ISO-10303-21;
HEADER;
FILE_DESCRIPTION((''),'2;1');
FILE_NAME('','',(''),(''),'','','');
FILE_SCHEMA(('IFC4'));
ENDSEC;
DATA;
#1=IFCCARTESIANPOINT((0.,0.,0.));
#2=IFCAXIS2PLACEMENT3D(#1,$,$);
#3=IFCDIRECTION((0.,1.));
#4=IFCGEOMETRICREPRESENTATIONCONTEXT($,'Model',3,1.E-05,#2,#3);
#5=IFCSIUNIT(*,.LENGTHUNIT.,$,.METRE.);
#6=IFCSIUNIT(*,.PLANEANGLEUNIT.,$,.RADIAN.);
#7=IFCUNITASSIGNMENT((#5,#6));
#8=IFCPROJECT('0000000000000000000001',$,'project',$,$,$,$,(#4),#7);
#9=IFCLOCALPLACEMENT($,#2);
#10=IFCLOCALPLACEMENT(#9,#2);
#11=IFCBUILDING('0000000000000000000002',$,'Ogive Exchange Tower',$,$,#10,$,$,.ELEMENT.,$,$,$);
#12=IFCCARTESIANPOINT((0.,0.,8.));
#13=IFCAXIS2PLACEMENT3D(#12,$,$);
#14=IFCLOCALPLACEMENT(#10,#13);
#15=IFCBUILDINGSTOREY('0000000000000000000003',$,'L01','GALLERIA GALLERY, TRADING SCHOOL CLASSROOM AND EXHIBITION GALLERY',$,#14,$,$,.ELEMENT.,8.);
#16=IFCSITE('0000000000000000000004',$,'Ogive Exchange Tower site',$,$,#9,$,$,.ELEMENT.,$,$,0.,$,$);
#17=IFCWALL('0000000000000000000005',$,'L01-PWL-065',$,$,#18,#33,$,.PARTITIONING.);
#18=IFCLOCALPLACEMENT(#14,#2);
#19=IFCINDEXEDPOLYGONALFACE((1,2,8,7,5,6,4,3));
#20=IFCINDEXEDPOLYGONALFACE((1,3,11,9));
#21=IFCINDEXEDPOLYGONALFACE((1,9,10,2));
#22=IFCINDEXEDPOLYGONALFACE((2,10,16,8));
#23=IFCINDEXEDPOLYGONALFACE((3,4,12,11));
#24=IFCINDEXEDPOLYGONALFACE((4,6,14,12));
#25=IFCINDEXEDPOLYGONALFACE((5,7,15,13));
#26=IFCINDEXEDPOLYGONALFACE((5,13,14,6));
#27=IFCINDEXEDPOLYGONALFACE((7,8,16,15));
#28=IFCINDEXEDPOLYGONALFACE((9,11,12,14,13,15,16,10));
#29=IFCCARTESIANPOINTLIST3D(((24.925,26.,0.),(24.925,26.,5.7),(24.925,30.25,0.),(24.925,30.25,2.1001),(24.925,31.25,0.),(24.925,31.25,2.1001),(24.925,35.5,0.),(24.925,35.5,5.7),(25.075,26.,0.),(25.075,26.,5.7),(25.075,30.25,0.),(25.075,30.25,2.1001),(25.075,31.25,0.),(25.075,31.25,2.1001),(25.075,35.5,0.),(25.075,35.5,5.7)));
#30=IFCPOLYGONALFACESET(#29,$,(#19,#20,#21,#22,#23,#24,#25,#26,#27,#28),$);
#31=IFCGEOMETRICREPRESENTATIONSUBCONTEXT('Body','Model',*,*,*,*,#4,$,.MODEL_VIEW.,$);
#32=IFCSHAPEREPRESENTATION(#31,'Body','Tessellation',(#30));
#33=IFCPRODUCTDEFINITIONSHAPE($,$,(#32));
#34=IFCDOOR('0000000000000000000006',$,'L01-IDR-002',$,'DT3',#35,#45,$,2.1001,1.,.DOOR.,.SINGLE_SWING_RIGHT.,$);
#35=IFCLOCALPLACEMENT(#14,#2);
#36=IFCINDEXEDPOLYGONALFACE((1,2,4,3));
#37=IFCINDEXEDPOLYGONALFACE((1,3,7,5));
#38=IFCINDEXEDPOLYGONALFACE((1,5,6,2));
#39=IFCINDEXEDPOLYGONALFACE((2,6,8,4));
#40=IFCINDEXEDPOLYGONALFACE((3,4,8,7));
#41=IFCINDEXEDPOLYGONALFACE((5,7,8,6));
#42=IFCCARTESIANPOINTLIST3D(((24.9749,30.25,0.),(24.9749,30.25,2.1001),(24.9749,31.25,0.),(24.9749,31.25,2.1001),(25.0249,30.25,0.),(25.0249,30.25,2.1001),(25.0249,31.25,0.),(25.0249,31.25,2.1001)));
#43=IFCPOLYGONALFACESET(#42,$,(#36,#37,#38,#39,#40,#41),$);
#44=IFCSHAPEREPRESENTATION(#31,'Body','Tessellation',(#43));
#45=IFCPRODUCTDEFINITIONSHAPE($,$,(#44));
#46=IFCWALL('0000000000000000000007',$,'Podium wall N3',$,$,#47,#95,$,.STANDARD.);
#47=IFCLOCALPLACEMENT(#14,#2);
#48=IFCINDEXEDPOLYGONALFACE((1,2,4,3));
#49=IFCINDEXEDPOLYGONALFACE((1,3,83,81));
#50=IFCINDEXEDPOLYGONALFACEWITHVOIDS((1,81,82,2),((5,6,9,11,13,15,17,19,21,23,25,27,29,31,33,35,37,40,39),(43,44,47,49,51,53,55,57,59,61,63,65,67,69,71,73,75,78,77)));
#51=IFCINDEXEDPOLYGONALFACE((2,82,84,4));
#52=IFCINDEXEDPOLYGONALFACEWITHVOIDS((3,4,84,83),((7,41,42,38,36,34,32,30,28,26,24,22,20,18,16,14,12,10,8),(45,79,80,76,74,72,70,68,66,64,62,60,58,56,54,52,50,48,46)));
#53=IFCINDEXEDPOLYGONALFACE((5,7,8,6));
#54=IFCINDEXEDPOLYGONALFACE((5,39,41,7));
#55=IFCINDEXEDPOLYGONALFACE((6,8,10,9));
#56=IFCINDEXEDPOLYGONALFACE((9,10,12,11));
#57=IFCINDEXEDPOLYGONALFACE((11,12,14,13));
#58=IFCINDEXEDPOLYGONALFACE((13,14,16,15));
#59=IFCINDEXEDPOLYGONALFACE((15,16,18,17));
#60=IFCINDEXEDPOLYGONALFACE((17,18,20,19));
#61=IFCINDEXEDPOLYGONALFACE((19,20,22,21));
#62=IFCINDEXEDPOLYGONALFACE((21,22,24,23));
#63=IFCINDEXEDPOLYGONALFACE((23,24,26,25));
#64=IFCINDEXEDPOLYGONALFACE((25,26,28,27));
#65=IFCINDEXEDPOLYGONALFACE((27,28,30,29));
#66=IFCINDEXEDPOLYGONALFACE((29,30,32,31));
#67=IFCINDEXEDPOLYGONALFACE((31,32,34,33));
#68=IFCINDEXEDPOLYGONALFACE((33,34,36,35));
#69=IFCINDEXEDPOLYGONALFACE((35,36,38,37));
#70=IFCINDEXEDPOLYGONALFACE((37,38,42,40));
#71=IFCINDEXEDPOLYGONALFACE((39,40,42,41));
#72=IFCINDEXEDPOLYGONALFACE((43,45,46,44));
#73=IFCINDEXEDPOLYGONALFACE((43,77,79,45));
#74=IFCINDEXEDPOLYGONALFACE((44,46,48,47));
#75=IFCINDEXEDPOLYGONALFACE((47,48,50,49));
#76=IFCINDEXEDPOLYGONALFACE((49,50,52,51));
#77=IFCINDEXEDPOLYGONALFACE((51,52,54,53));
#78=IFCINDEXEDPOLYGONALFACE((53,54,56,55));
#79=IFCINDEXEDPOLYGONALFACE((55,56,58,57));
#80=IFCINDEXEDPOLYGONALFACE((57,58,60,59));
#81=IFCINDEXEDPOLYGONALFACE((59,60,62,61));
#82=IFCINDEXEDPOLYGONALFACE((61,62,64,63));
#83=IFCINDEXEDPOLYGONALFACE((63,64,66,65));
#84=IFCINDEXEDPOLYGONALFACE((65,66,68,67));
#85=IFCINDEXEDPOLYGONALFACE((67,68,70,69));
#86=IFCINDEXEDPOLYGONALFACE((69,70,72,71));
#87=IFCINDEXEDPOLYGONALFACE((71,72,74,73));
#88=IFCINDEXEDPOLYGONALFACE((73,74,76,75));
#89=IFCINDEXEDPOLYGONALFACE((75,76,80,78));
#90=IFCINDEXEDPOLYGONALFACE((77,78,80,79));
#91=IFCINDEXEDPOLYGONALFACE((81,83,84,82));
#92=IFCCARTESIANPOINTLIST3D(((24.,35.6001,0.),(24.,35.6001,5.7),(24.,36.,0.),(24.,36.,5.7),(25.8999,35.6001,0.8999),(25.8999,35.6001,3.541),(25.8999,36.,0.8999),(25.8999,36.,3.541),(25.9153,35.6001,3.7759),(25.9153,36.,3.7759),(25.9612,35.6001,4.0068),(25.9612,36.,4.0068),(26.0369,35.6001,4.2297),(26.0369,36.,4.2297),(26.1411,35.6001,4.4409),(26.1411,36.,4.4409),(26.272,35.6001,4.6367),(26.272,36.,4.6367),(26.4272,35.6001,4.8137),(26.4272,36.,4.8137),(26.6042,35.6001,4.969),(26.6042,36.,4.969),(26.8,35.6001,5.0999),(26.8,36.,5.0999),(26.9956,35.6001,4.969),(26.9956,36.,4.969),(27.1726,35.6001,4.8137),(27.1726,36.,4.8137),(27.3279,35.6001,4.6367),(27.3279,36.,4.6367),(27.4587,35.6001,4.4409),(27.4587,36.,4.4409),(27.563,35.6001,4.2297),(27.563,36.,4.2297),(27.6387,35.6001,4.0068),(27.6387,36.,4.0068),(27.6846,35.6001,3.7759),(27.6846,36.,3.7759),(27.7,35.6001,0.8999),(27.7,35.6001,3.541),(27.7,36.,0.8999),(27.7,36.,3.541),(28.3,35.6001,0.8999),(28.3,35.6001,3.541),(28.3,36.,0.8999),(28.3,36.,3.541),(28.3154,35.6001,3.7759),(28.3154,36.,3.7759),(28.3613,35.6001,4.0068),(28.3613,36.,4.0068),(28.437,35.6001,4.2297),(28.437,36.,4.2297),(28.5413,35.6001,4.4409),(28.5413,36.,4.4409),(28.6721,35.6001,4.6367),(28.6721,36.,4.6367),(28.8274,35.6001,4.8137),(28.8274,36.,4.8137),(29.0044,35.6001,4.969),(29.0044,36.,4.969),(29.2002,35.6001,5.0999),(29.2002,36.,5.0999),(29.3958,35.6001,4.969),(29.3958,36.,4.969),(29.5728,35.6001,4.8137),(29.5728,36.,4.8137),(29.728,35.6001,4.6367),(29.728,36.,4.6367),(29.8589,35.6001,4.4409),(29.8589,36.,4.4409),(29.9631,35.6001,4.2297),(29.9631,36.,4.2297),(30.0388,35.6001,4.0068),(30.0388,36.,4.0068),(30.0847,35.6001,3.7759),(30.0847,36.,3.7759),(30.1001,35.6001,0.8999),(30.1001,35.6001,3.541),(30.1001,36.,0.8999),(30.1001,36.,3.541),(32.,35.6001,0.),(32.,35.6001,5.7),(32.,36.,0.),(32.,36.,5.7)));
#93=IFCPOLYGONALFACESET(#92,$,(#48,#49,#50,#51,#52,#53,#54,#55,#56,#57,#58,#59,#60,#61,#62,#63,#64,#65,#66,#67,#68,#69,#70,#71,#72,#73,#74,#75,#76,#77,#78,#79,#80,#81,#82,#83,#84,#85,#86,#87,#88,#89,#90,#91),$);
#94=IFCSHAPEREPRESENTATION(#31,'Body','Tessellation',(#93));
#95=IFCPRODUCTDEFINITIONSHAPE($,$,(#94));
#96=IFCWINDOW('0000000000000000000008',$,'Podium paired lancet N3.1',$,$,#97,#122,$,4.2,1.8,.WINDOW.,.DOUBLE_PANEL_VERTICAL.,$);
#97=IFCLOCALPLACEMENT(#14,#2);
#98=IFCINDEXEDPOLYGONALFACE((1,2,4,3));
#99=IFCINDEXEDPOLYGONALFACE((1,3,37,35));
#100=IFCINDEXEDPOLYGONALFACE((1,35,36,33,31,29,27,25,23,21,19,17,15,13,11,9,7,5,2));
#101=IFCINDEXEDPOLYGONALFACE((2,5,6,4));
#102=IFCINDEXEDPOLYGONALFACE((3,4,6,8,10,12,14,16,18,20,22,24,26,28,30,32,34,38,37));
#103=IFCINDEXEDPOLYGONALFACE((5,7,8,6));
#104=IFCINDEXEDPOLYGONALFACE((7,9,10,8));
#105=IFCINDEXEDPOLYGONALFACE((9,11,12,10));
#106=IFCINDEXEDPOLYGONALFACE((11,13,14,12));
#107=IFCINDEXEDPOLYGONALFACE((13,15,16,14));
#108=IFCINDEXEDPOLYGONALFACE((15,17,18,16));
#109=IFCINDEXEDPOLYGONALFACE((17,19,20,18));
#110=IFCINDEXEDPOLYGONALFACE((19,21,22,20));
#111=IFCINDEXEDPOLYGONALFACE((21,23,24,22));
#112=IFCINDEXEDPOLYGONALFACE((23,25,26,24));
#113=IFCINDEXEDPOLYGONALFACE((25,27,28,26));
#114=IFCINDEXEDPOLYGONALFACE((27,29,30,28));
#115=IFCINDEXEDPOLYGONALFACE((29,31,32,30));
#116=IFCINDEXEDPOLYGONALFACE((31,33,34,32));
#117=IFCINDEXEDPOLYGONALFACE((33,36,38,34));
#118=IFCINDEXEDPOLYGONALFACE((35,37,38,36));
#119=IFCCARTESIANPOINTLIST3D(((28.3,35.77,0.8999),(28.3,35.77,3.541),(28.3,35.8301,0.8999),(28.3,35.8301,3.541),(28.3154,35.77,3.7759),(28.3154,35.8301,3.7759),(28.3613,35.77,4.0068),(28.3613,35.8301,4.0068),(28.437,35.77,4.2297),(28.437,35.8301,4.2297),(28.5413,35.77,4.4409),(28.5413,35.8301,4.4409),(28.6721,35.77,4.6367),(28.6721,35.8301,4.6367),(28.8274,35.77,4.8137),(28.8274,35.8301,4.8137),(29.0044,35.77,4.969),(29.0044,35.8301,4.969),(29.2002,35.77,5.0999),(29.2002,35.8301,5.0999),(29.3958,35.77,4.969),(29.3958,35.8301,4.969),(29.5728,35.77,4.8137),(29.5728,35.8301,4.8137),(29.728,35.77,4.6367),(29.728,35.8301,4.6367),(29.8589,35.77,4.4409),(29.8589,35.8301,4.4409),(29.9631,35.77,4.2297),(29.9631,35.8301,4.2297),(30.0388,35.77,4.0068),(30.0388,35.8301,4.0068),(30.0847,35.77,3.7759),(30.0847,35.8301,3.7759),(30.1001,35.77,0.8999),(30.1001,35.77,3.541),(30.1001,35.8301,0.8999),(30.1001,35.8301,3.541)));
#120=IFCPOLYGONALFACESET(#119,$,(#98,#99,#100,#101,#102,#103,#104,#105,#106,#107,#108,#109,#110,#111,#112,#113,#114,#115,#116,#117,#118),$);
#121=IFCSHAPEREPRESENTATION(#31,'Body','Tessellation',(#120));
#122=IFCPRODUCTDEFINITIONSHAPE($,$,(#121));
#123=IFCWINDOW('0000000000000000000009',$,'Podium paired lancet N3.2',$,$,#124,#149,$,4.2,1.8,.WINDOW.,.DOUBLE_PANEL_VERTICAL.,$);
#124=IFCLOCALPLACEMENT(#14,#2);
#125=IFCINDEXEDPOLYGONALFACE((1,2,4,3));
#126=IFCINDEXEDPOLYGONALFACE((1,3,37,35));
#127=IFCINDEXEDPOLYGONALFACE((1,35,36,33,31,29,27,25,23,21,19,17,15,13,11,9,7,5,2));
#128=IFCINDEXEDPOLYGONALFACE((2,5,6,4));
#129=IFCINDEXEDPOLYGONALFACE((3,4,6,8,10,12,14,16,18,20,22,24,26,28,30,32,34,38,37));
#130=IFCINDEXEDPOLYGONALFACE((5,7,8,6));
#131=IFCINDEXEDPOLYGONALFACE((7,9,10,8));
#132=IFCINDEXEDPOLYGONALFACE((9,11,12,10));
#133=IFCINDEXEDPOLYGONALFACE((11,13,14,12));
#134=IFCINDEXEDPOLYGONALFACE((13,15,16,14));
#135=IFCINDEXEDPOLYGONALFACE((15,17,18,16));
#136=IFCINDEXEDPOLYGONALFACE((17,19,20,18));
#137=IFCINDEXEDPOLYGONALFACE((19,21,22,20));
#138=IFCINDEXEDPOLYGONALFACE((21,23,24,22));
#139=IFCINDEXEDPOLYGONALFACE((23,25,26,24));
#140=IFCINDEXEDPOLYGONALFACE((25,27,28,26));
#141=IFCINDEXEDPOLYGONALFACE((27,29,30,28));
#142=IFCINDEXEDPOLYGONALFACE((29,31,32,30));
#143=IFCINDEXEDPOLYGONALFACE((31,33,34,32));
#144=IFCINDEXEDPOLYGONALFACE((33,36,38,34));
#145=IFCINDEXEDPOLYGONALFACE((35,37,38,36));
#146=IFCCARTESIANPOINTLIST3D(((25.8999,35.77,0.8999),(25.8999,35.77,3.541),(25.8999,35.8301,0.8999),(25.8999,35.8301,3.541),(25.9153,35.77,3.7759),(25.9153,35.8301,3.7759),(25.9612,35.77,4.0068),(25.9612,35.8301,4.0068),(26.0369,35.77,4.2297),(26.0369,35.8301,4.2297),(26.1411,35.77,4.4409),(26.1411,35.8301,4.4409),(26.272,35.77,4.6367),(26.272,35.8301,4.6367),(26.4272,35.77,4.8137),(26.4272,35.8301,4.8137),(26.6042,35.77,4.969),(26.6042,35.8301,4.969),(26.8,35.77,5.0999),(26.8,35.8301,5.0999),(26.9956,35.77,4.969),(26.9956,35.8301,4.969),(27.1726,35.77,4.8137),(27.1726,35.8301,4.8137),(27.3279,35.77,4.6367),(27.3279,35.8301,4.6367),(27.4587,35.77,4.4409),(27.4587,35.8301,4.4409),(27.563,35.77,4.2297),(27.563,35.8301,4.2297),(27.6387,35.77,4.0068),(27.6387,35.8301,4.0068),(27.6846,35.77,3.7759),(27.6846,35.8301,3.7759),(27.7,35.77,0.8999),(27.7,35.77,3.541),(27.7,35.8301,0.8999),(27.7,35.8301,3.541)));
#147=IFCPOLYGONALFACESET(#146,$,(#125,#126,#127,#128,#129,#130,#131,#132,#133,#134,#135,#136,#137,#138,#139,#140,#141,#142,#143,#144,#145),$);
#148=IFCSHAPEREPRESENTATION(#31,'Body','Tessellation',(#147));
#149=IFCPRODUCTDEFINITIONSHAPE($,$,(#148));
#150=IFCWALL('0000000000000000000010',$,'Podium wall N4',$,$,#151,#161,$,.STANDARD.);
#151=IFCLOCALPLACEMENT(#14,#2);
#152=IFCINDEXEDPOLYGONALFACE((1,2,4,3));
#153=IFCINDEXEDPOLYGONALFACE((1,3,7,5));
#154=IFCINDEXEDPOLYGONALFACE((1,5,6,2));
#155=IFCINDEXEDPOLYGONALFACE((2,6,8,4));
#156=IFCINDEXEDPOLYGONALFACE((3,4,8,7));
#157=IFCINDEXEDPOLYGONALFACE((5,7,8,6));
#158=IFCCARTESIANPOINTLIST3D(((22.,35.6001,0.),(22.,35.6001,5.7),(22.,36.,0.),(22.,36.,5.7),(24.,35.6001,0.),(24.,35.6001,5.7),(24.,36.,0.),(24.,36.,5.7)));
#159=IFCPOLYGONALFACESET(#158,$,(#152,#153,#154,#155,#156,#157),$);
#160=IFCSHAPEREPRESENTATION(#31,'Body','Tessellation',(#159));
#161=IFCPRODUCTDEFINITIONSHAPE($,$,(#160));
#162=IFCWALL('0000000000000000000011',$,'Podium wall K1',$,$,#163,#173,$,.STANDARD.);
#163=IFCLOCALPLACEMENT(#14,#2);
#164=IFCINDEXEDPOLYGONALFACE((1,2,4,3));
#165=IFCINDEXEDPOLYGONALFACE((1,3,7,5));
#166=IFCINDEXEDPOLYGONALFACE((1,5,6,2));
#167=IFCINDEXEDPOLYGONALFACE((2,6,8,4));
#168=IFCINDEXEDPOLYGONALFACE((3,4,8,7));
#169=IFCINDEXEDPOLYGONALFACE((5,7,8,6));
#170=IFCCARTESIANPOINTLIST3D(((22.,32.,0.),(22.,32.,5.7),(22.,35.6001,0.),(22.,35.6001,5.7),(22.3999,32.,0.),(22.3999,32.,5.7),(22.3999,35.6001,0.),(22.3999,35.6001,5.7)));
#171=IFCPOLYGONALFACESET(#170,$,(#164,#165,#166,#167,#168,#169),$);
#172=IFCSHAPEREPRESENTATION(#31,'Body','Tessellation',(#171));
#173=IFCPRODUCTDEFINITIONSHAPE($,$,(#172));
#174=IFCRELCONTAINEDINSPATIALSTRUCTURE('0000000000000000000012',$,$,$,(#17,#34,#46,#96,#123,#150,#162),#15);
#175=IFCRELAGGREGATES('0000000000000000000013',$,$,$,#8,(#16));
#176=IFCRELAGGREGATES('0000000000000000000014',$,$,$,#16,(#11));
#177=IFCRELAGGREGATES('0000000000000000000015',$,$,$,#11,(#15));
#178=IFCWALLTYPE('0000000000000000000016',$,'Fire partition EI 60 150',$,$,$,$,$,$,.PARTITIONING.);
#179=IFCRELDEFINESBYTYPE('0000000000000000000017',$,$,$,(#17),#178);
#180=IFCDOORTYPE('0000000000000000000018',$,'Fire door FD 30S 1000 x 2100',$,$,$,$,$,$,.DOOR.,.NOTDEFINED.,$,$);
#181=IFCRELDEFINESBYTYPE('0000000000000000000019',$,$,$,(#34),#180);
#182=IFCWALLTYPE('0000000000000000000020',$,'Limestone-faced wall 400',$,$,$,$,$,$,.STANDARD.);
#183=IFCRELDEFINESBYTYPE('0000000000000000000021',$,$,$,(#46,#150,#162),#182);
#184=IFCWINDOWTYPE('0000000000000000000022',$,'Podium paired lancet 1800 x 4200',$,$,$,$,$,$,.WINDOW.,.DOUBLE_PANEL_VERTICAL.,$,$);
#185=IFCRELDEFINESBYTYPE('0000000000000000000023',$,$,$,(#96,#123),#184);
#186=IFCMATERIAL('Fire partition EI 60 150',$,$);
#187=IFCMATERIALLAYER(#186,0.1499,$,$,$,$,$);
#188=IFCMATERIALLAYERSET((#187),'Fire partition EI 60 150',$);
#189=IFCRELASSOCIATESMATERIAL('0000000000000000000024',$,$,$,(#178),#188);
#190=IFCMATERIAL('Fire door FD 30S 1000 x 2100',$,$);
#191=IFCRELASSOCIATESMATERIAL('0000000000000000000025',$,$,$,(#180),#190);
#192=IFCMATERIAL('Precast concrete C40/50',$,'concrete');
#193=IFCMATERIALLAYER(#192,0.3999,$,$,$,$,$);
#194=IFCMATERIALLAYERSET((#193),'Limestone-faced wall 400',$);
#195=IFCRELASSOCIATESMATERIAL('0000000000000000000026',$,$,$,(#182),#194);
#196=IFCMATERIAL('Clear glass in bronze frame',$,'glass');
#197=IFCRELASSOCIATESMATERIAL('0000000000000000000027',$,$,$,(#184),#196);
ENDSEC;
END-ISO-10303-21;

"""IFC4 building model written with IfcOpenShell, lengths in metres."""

from ifc_helpers import new_model, si_unit, direction, frame, frame_2d, origin, place, context, subcontext, project, spatial, polyline, rectangle, outline, extrude, material, layer, layer_set, type_object, element, fill, save


model = new_model("IFC4")

# Units and contexts
model_context = context("Model", 3, precision=1e-05, world=origin(), true_north=direction((0.0, 1.0)))
body_context = subcontext(model_context, "Body", "Model", "MODEL_VIEW")
ifc_project = project(units=[si_unit("LENGTHUNIT", "METRE"), si_unit("PLANEANGLEUNIT", "RADIAN")], contexts=[model_context])

# Site, building, storey
site_placement = place(None, origin())
site = spatial("IfcSite", under=ifc_project, at=site_placement, Name="Ogive Exchange Tower site", CompositionType="ELEMENT", RefElevation=0.0)
building_placement = place(site_placement, origin())
building = spatial("IfcBuilding", under=site, at=building_placement, Name="Ogive Exchange Tower", CompositionType="ELEMENT")
storey_placement = place(building_placement, frame((0.0, 0.0, 8.0)))
storey = spatial("IfcBuildingStorey", under=building, at=storey_placement, Name="L01", Description="GALLERIA GALLERY, TRADING SCHOOL CLASSROOM AND EXHIBITION GALLERY", CompositionType="ELEMENT", Elevation=8.0)

# Wall, opening, door
ifc_material_1 = material(Name="Fire partition EI 60 150")
ifc_layer_1 = layer(ifc_material_1, 0.1499)
ifc_layer_set_1 = layer_set([ifc_layer_1], Name="Fire partition EI 60 150")
wall_type_1 = type_object("IfcWallType", Name="Fire partition EI 60 150", PredefinedType="PARTITIONING", material=ifc_layer_set_1)
wall_1_placement = place(storey_placement, frame((25.0, 26.0, 0.0), z_axis=(0.0, 0.0, 1.0), x_axis=(0.0, 1.0, 0.0)))
wall_1 = element("IfcWall", 1, at=wall_1_placement, inside=storey, type_object=wall_type_1, Name="L01-PWL-065", PredefinedType="PARTITIONING", context=body_context, shape_type="SweptSolid", body=[
    extrude(rectangle(XDim=9.5, YDim=0.1499, at=frame_2d((4.75, 0.0))), origin(), (0.0, 0.0, 1.0), 5.7),
])
opening_1_placement = place(wall_1_placement, frame((4.25, 0.0, 0.0)))
opening_1 = element("IfcOpeningElement", 2, at=opening_1_placement, cuts=wall_1, PredefinedType="OPENING", context=body_context, shape_type="SweptSolid", body=[
    extrude(rectangle(XDim=1.0, YDim=2.1001, at=frame_2d((0.5, 1.05))), frame((0.0, 0.085, 0.0), z_axis=(0.0, -1.0, 0.0), x_axis=(1.0, 0.0, 0.0)), (0.0, 0.0, 1.0), 0.1699),
])
ifc_material_2 = material(Name="Fire door FD 30S 1000 x 2100")
door_type_1 = type_object("IfcDoorType", Name="Fire door FD 30S 1000 x 2100", OperationType="NOTDEFINED", PredefinedType="DOOR", material=ifc_material_2)
door_1_placement = place(opening_1_placement, frame((1.0, 0.0, 0.0), z_axis=(0.0, 0.0, 1.0), x_axis=(-1.0, 0.0, 0.0)))
door_1 = element("IfcDoor", 3, at=door_1_placement, inside=storey, type_object=door_type_1, Name="L01-IDR-002", ObjectType="DT3", OperationType="SINGLE_SWING_RIGHT", OverallHeight=2.1001, OverallWidth=1.0, PredefinedType="DOOR", context=body_context, shape_type="SweptSolid", body=[
    extrude(rectangle(XDim=1.0, YDim=2.1001, at=frame_2d((0.5, 1.05))), frame((0.0, 0.0249, 0.0), z_axis=(0.0, -1.0, 0.0), x_axis=(1.0, 0.0, 0.0)), (0.0, 0.0, 1.0), 0.05),
])
fill(opening_1, door_1)

# Wall, openings, windows
ifc_material_3 = material(Name="Precast concrete C40/50", Category="concrete")
ifc_layer_2 = layer(ifc_material_3, 0.3999)
ifc_layer_set_2 = layer_set([ifc_layer_2], Name="Limestone-faced wall 400")
wall_type_2 = type_object("IfcWallType", Name="Limestone-faced wall 400", PredefinedType="STANDARD", material=ifc_layer_set_2)
wall_2_placement = place(storey_placement, frame((32.0, 35.8, 0.0), z_axis=(0.0, 0.0, 1.0), x_axis=(-1.0, 0.0, 0.0)))
wall_2 = element("IfcWall", 4, at=wall_2_placement, inside=storey, type_object=wall_type_2, Name="Podium wall N3", PredefinedType="STANDARD", context=body_context, shape_type="SweptSolid", body=[
    extrude(rectangle(XDim=8.0, YDim=0.3999, at=frame_2d((4.0, 0.0))), origin(), (0.0, 0.0, 1.0), 5.7),
])
opening_2_placement = place(wall_2_placement, frame((1.8999, 0.0, 0.8999)))
opening_2 = element("IfcOpeningElement", 5, at=opening_2_placement, cuts=wall_2, PredefinedType="OPENING", context=body_context, shape_type="SweptSolid", body=[
    extrude(outline(polyline([(0.0, 0.0), (1.8, 0.0), (1.8, 2.6411), (1.7847, 2.876), (1.7388, 3.1069), (1.6631, 3.3298), (1.5588, 3.541), (1.428, 3.7368), (1.2727, 3.9138), (1.0957, 4.0691), (0.8999, 4.2), (0.7043, 4.0691), (0.5273, 3.9138), (0.3721, 3.7368), (0.2412, 3.541), (0.137, 3.3298), (0.0613, 3.1069), (0.0154, 2.876), (0.0, 2.6411), (0.0, 0.0)])), frame((0.0, 0.21, 0.0), z_axis=(0.0, -1.0, 0.0), x_axis=(1.0, 0.0, 0.0)), (0.0, 0.0, 1.0), 0.4199),
])
opening_3_placement = place(wall_2_placement, frame((4.3, 0.0, 0.8999)))
opening_3 = element("IfcOpeningElement", 6, at=opening_3_placement, cuts=wall_2, PredefinedType="OPENING", context=body_context, shape_type="SweptSolid", body=[
    extrude(outline(polyline([(0.0, 0.0), (1.8, 0.0), (1.8, 2.6411), (1.7847, 2.876), (1.7388, 3.1069), (1.6631, 3.3298), (1.5588, 3.541), (1.428, 3.7368), (1.2727, 3.9138), (1.0957, 4.0691), (0.8999, 4.2), (0.7043, 4.0691), (0.5273, 3.9138), (0.3721, 3.7368), (0.2412, 3.541), (0.137, 3.3298), (0.0613, 3.1069), (0.0154, 2.876), (0.0, 2.6411), (0.0, 0.0)])), frame((0.0, 0.21, 0.0), z_axis=(0.0, -1.0, 0.0), x_axis=(1.0, 0.0, 0.0)), (0.0, 0.0, 1.0), 0.4199),
])
ifc_material_4 = material(Name="Clear glass in bronze frame", Category="glass")
window_type = type_object("IfcWindowType", Name="Podium paired lancet 1800 x 4200", PartitioningType="DOUBLE_PANEL_VERTICAL", PredefinedType="WINDOW", material=ifc_material_4)
window_1_placement = place(opening_2_placement, origin())
window_1 = element("IfcWindow", 7, at=window_1_placement, inside=storey, type_object=window_type, Name="Podium paired lancet N3.1", OverallHeight=4.2, OverallWidth=1.8, PartitioningType="DOUBLE_PANEL_VERTICAL", PredefinedType="WINDOW", context=body_context, shape_type="SweptSolid", body=[
    extrude(outline(polyline([(0.0, 0.0), (1.8, 0.0), (1.8, 2.6411), (1.7847, 2.876), (1.7388, 3.1069), (1.6631, 3.3298), (1.5588, 3.541), (1.428, 3.7368), (1.2727, 3.9138), (1.0957, 4.0691), (0.8999, 4.2), (0.7043, 4.0691), (0.5273, 3.9138), (0.3721, 3.7368), (0.2412, 3.541), (0.137, 3.3298), (0.0613, 3.1069), (0.0154, 2.876), (0.0, 2.6411), (0.0, 0.0)])), frame((0.0, 0.03, 0.0), z_axis=(0.0, -1.0, 0.0), x_axis=(1.0, 0.0, 0.0)), (0.0, 0.0, 1.0), 0.0601),
])
fill(opening_2, window_1)
window_2_placement = place(opening_3_placement, origin())
window_2 = element("IfcWindow", 8, at=window_2_placement, inside=storey, type_object=window_type, Name="Podium paired lancet N3.2", OverallHeight=4.2, OverallWidth=1.8, PartitioningType="DOUBLE_PANEL_VERTICAL", PredefinedType="WINDOW", context=body_context, shape_type="SweptSolid", body=[
    extrude(outline(polyline([(0.0, 0.0), (1.8, 0.0), (1.8, 2.6411), (1.7847, 2.876), (1.7388, 3.1069), (1.6631, 3.3298), (1.5588, 3.541), (1.428, 3.7368), (1.2727, 3.9138), (1.0957, 4.0691), (0.8999, 4.2), (0.7043, 4.0691), (0.5273, 3.9138), (0.3721, 3.7368), (0.2412, 3.541), (0.137, 3.3298), (0.0613, 3.1069), (0.0154, 2.876), (0.0, 2.6411), (0.0, 0.0)])), frame((0.0, 0.03, 0.0), z_axis=(0.0, -1.0, 0.0), x_axis=(1.0, 0.0, 0.0)), (0.0, 0.0, 1.0), 0.0601),
])
fill(opening_3, window_2)

# Walls
wall_3_placement = place(storey_placement, frame((24.0, 35.8, 0.0), z_axis=(0.0, 0.0, 1.0), x_axis=(-1.0, 0.0, 0.0)))
element("IfcWall", 9, at=wall_3_placement, inside=storey, type_object=wall_type_2, Name="Podium wall N4", PredefinedType="STANDARD", context=body_context, shape_type="SweptSolid", body=[
    extrude(rectangle(XDim=2.0, YDim=0.3999, at=frame_2d((1.0, 0.0))), origin(), (0.0, 0.0, 1.0), 5.7),
])
wall_4_placement = place(storey_placement, frame((22.2, 35.6001, 0.0), z_axis=(0.0, 0.0, 1.0), x_axis=(0.0, -1.0, 0.0)))
element("IfcWall", 10, at=wall_4_placement, inside=storey, type_object=wall_type_2, Name="Podium wall K1", PredefinedType="STANDARD", context=body_context, shape_type="SweptSolid", body=[
    extrude(rectangle(XDim=3.6001, YDim=0.3999, at=frame_2d((1.8, 0.0))), origin(), (0.0, 0.0, 1.0), 5.7),
])

save(model, "model.ifc")
